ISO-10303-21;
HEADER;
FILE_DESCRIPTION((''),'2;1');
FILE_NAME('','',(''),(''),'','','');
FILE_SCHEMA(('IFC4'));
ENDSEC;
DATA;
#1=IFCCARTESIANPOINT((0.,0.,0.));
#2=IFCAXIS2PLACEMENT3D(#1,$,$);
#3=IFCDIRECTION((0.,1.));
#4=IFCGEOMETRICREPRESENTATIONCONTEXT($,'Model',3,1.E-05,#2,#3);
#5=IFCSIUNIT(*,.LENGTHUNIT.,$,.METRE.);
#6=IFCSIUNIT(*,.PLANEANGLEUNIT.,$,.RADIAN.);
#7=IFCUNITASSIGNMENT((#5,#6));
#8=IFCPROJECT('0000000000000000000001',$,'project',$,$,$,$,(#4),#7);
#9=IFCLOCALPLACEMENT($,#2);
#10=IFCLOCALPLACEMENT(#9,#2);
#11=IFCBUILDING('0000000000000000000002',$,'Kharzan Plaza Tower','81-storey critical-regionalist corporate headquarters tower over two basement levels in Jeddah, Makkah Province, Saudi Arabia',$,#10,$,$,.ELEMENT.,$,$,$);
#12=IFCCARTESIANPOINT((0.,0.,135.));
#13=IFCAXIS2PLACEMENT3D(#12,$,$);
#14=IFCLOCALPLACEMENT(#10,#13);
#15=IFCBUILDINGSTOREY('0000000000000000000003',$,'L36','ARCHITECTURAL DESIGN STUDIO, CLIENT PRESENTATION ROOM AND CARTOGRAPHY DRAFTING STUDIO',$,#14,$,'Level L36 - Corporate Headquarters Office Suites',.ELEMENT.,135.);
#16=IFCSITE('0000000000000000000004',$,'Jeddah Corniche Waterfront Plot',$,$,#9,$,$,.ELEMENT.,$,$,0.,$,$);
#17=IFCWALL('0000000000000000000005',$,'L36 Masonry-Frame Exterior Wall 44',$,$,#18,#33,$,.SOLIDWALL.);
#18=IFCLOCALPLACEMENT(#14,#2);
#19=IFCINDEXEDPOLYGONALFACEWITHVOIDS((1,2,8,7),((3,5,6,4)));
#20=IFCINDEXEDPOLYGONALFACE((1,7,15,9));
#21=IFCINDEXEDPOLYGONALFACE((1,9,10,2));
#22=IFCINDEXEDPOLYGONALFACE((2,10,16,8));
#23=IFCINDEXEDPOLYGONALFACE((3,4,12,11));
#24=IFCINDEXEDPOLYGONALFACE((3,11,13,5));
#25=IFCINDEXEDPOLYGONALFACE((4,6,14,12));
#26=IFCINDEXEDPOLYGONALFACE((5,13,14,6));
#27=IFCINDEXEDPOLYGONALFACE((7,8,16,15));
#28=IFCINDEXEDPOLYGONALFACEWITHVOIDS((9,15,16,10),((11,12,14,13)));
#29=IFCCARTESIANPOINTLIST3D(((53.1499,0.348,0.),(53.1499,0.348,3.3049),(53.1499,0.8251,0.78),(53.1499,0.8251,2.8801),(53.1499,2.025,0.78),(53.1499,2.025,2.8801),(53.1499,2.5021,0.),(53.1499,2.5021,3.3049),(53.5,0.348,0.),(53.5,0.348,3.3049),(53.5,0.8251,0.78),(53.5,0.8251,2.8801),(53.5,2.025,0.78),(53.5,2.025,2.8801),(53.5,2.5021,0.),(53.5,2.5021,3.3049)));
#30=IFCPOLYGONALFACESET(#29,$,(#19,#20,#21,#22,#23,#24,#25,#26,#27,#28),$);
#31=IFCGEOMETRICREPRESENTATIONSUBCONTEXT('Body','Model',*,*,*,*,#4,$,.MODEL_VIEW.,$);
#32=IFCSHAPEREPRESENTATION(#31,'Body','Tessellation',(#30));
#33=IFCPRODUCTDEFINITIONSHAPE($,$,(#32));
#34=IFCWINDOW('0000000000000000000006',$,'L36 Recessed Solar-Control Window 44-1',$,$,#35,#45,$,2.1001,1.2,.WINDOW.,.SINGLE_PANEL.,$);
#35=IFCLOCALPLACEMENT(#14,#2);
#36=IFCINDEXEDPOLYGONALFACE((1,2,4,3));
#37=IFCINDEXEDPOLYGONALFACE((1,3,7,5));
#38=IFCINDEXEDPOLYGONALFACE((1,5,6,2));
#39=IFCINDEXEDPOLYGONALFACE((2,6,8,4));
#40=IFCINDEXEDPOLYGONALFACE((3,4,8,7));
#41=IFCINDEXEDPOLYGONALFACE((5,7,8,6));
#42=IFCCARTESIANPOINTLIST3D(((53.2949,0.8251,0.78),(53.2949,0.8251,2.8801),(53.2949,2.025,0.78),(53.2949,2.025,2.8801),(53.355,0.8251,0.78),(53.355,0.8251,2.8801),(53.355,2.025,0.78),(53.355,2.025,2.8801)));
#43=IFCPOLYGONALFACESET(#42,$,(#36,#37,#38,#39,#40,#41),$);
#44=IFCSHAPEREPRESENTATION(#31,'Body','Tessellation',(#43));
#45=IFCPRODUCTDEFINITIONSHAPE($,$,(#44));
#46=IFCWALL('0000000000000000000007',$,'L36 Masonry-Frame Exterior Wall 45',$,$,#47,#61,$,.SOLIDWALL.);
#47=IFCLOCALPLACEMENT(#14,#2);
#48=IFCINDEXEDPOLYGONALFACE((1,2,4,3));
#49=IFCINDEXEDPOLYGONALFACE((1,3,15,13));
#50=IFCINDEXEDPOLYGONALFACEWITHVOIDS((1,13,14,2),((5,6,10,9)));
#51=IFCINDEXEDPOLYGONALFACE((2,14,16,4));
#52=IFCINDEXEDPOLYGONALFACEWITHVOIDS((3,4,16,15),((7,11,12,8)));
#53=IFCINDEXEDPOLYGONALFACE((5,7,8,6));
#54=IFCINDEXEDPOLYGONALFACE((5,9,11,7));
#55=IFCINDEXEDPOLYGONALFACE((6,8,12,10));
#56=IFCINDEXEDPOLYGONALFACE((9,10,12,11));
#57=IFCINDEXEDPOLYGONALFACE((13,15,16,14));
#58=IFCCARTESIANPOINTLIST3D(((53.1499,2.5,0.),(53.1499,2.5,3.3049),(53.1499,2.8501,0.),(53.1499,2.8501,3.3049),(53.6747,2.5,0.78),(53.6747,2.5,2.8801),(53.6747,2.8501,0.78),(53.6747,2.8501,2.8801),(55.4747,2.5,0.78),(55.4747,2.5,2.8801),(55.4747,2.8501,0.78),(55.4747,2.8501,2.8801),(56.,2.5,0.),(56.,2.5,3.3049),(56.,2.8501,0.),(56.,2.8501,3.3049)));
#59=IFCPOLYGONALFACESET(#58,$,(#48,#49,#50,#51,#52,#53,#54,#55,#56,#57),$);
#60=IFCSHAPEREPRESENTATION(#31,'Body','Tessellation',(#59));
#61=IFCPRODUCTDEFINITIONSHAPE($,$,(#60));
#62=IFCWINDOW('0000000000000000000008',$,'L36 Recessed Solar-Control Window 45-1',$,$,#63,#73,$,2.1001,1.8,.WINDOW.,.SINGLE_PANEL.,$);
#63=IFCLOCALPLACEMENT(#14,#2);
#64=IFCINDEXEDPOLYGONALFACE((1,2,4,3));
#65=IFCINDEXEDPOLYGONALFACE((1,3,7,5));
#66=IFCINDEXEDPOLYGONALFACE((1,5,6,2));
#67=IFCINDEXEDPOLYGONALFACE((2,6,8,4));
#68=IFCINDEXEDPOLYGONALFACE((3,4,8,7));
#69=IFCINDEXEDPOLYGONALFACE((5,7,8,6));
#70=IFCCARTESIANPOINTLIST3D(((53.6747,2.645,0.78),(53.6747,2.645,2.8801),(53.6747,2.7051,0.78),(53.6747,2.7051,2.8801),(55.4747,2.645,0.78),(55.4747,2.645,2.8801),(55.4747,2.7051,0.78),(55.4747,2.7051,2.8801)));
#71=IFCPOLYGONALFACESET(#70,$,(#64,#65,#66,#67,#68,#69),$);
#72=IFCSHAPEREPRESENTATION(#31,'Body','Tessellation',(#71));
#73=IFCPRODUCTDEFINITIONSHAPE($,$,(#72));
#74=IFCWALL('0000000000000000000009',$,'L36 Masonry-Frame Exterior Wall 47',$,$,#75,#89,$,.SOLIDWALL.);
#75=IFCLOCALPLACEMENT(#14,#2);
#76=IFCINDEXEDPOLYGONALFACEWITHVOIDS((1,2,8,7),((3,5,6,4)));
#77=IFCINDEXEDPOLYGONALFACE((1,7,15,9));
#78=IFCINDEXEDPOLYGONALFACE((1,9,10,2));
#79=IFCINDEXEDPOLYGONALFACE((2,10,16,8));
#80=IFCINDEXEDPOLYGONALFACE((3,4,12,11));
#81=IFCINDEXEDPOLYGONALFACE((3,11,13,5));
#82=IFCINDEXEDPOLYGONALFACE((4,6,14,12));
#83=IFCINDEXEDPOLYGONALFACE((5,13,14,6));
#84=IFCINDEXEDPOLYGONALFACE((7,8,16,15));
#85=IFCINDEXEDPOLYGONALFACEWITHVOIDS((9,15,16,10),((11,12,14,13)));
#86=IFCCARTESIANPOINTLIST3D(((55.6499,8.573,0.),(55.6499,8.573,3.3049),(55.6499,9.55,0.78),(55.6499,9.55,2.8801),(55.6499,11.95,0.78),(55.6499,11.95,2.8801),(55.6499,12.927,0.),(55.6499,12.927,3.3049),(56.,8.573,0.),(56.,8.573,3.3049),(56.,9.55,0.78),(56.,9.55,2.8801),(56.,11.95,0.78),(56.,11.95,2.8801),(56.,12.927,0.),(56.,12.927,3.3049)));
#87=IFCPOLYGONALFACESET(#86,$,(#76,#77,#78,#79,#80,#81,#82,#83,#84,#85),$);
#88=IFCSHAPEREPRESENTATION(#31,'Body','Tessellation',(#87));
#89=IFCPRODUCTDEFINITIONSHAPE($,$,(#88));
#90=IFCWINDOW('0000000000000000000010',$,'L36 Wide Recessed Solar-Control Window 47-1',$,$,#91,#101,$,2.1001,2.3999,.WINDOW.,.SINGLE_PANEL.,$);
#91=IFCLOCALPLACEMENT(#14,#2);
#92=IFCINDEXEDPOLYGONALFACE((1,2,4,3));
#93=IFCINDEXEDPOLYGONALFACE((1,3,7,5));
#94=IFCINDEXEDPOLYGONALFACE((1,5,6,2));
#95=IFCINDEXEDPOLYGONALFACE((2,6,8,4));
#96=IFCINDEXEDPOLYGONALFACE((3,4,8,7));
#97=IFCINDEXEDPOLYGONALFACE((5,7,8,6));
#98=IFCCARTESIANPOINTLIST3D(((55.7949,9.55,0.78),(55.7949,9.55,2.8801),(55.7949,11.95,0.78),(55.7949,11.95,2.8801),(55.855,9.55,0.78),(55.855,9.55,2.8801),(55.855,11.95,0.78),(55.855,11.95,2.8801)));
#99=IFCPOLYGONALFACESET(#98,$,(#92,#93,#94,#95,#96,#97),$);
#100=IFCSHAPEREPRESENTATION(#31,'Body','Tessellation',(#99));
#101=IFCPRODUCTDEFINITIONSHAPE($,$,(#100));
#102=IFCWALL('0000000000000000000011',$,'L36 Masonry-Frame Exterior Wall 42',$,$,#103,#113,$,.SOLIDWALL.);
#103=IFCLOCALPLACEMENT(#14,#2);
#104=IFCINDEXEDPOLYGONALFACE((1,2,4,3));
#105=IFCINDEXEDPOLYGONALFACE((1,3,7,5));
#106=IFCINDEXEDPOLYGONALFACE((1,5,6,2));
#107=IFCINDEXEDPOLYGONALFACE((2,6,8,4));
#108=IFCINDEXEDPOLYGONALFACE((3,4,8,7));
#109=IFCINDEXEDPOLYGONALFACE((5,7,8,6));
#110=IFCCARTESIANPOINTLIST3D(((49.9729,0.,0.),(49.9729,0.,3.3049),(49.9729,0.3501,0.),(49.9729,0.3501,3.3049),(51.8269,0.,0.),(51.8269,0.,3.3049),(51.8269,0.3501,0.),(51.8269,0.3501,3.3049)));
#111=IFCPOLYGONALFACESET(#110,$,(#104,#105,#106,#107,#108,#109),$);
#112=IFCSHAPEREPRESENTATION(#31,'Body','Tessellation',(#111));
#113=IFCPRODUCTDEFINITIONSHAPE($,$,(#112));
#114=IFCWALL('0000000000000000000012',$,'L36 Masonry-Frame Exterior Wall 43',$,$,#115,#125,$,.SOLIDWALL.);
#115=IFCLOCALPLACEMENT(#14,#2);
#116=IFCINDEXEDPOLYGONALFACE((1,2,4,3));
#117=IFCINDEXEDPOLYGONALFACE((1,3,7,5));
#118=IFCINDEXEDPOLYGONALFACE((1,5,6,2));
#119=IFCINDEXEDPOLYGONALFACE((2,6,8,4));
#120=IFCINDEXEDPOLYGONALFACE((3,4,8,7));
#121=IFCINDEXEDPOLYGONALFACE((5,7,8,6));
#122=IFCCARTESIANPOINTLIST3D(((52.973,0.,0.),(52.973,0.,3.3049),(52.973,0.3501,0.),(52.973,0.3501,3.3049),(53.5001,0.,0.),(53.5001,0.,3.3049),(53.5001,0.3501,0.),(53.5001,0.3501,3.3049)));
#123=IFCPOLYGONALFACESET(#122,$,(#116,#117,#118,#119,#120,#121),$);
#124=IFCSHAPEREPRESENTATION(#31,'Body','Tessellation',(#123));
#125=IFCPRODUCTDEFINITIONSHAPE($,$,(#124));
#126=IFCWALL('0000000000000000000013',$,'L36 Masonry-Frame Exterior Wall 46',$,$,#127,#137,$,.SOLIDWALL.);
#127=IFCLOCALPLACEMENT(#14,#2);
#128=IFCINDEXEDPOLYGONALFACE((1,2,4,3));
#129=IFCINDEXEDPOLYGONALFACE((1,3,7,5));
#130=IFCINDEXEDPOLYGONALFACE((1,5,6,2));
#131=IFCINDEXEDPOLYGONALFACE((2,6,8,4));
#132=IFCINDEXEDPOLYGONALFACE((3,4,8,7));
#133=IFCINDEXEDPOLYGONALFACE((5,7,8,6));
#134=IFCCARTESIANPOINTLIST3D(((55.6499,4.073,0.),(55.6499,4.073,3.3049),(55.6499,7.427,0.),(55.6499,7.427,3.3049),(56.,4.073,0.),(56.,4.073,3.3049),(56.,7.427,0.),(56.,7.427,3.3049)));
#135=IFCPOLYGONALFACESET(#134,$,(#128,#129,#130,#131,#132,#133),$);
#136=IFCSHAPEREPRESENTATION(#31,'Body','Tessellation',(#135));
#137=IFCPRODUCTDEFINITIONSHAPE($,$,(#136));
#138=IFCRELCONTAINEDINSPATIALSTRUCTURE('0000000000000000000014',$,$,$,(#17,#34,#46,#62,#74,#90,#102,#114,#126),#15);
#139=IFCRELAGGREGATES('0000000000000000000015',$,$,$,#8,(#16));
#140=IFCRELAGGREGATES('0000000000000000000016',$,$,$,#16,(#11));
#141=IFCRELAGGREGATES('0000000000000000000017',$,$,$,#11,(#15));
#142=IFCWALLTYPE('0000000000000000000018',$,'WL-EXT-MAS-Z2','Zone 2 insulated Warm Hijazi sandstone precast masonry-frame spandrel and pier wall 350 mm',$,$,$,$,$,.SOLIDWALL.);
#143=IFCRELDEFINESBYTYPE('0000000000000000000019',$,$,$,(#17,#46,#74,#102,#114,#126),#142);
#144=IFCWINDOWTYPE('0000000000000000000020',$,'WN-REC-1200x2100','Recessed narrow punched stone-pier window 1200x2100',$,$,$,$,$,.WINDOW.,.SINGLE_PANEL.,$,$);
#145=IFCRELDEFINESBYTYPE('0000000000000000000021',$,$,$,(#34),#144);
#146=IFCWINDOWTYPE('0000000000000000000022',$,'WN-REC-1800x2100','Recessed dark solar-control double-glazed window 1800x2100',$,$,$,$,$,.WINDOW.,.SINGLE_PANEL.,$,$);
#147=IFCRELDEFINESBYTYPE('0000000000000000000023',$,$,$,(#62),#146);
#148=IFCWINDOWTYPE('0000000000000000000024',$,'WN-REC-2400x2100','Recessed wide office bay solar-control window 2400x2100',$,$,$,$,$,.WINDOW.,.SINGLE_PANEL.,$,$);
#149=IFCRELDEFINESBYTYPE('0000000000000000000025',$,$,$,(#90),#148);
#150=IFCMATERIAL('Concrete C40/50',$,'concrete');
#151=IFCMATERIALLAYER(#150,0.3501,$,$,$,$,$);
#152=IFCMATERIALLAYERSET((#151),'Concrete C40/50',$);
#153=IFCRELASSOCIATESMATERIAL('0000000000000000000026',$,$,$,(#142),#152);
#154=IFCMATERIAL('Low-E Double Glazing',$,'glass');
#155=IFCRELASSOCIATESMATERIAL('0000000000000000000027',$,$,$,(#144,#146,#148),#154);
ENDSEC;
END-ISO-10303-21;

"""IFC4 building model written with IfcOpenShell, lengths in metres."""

from ifc_helpers import new_model, si_unit, direction, frame, frame_2d, origin, place, context, subcontext, project, spatial, rectangle, extrude, source, transform, mapped, material, layer, layer_set, type_object, element, fill, save


model = new_model("IFC4")

# Units and contexts
model_context = context("Model", 3, precision=1e-05, world=origin(), true_north=direction((0.0, 1.0)))
body_context = subcontext(model_context, "Body", "Model", "MODEL_VIEW")
ifc_project = project(units=[si_unit("LENGTHUNIT", "METRE"), si_unit("PLANEANGLEUNIT", "RADIAN")], contexts=[model_context])

# Site, building, storey
site_placement = place(None, origin())
site = spatial("IfcSite", under=ifc_project, at=site_placement, Name="Jeddah Corniche Waterfront Plot", CompositionType="ELEMENT", RefElevation=0.0)
building_placement = place(site_placement, origin())
building = spatial("IfcBuilding", under=site, at=building_placement, Name="Kharzan Plaza Tower", Description="81-storey critical-regionalist corporate headquarters tower over two basement levels in Jeddah, Makkah Province, Saudi Arabia", CompositionType="ELEMENT")
storey_placement = place(building_placement, frame((0.0, 0.0, 135.0)))
storey = spatial("IfcBuildingStorey", under=building, at=storey_placement, Name="L36", Description="ARCHITECTURAL DESIGN STUDIO, CLIENT PRESENTATION ROOM AND CARTOGRAPHY DRAFTING STUDIO", LongName="Level L36 - Corporate Headquarters Office Suites", CompositionType="ELEMENT", Elevation=135.0)

# Walls, openings, windows
ifc_material_1 = material(Name="Concrete C40/50", Category="concrete")
ifc_layer = layer(ifc_material_1, 0.3501)
ifc_layer_set = layer_set([ifc_layer], Name="Concrete C40/50")
wall_type = type_object("IfcWallType", Name="WL-EXT-MAS-Z2", Description="Zone 2 insulated Warm Hijazi sandstone precast masonry-frame spandrel and pier wall 350 mm", PredefinedType="SOLIDWALL", material=ifc_layer_set)
wall_1_placement = place(storey_placement, frame((53.325, 0.3479, 0.0), z_axis=(0.0, 0.0, 1.0), x_axis=(0.0, 1.0, 0.0)))
wall_1 = element("IfcWall", 1, at=wall_1_placement, inside=storey, type_object=wall_type, Name="L36 Masonry-Frame Exterior Wall 44", PredefinedType="SOLIDWALL", context=body_context, shape_type="SweptSolid", body=[
    extrude(rectangle(XDim=2.1541, YDim=0.3501, at=frame_2d((1.0771, 0.0))), origin(), (0.0, 0.0, 1.0), 3.3049),
])
opening_1_placement = place(wall_1_placement, frame((0.4771, 0.0, 0.78)))
opening_1 = element("IfcOpeningElement", 2, at=opening_1_placement, cuts=wall_1, PredefinedType="OPENING", context=body_context, shape_type="SweptSolid", body=[
    extrude(rectangle(XDim=1.2, YDim=2.1001, at=frame_2d((0.6001, 1.05))), frame((0.0, 0.1851, 0.0), z_axis=(0.0, -1.0, 0.0), x_axis=(1.0, 0.0, 0.0)), (0.0, 0.0, 1.0), 0.3701),
])
ifc_material_2 = material(Name="Low-E Double Glazing", Category="glass")
window_type_1 = type_object("IfcWindowType", Name="WN-REC-1200x2100", Description="Recessed narrow punched stone-pier window 1200x2100", PartitioningType="SINGLE_PANEL", PredefinedType="WINDOW", material=ifc_material_2)
shared_shape_1 = source(origin(), body_context, "Body", "SweptSolid", [
    extrude(rectangle(XDim=1.2, YDim=2.1001, at=frame_2d((0.6001, 1.05))), frame((0.0, 0.03, 0.0), z_axis=(0.0, -1.0, 0.0), x_axis=(1.0, 0.0, 0.0)), (0.0, 0.0, 1.0), 0.0601),
])
window_1_placement = place(opening_1_placement, origin())
window_1 = element("IfcWindow", 3, at=window_1_placement, inside=storey, type_object=window_type_1, Name="L36 Recessed Solar-Control Window 44-1", OverallHeight=2.1001, OverallWidth=1.2, PartitioningType="SINGLE_PANEL", PredefinedType="WINDOW", context=body_context, shape_type="MappedRepresentation", body=[
    mapped(shared_shape_1, transform((0.0, 0.0, 0.0), x_axis=(1.0, 0.0, 0.0), y_axis=(0.0, 1.0, 0.0), z_axis=(0.0, 0.0, 1.0))),
])
fill(opening_1, window_1)
wall_2_placement = place(storey_placement, frame((53.1499, 2.675, 0.0), z_axis=(0.0, 0.0, 1.0), x_axis=(1.0, 0.0, 0.0)))
wall_2 = element("IfcWall", 4, at=wall_2_placement, inside=storey, type_object=wall_type, Name="L36 Masonry-Frame Exterior Wall 45", PredefinedType="SOLIDWALL", context=body_context, shape_type="SweptSolid", body=[
    extrude(rectangle(XDim=2.8501, YDim=0.3501, at=frame_2d((1.425, 0.0))), origin(), (0.0, 0.0, 1.0), 3.3049),
])
opening_2_placement = place(wall_2_placement, frame((0.5249, 0.0, 0.78)))
opening_2 = element("IfcOpeningElement", 5, at=opening_2_placement, cuts=wall_2, PredefinedType="OPENING", context=body_context, shape_type="SweptSolid", body=[
    extrude(rectangle(XDim=1.8, YDim=2.1001, at=frame_2d((0.8999, 1.05))), frame((0.0, 0.1851, 0.0), z_axis=(0.0, -1.0, 0.0), x_axis=(1.0, 0.0, 0.0)), (0.0, 0.0, 1.0), 0.3701),
])
window_type_2 = type_object("IfcWindowType", Name="WN-REC-1800x2100", Description="Recessed dark solar-control double-glazed window 1800x2100", PartitioningType="SINGLE_PANEL", PredefinedType="WINDOW", material=ifc_material_2)
shared_shape_2 = source(origin(), body_context, "Body", "SweptSolid", [
    extrude(rectangle(XDim=1.8, YDim=2.1001, at=frame_2d((0.8999, 1.05))), frame((0.0, 0.03, 0.0), z_axis=(0.0, -1.0, 0.0), x_axis=(1.0, 0.0, 0.0)), (0.0, 0.0, 1.0), 0.0601),
])
window_2_placement = place(opening_2_placement, origin())
window_2 = element("IfcWindow", 6, at=window_2_placement, inside=storey, type_object=window_type_2, Name="L36 Recessed Solar-Control Window 45-1", OverallHeight=2.1001, OverallWidth=1.8, PartitioningType="SINGLE_PANEL", PredefinedType="WINDOW", context=body_context, shape_type="MappedRepresentation", body=[
    mapped(shared_shape_2, transform((0.0, 0.0, 0.0), x_axis=(1.0, 0.0, 0.0), y_axis=(0.0, 1.0, 0.0), z_axis=(0.0, 0.0, 1.0))),
])
fill(opening_2, window_2)
wall_3_placement = place(storey_placement, frame((55.825, 8.573, 0.0), z_axis=(0.0, 0.0, 1.0), x_axis=(0.0, 1.0, 0.0)))
wall_3 = element("IfcWall", 7, at=wall_3_placement, inside=storey, type_object=wall_type, Name="L36 Masonry-Frame Exterior Wall 47", PredefinedType="SOLIDWALL", context=body_context, shape_type="SweptSolid", body=[
    extrude(rectangle(XDim=4.354, YDim=0.3501, at=frame_2d((2.177, 0.0))), origin(), (0.0, 0.0, 1.0), 3.3049),
])
opening_3_placement = place(wall_3_placement, frame((0.9771, 0.0, 0.78)))
opening_3 = element("IfcOpeningElement", 8, at=opening_3_placement, cuts=wall_3, PredefinedType="OPENING", context=body_context, shape_type="SweptSolid", body=[
    extrude(rectangle(XDim=2.3999, YDim=2.1001, at=frame_2d((1.2, 1.05))), frame((0.0, 0.1851, 0.0), z_axis=(0.0, -1.0, 0.0), x_axis=(1.0, 0.0, 0.0)), (0.0, 0.0, 1.0), 0.3701),
])
window_type_3 = type_object("IfcWindowType", Name="WN-REC-2400x2100", Description="Recessed wide office bay solar-control window 2400x2100", PartitioningType="SINGLE_PANEL", PredefinedType="WINDOW", material=ifc_material_2)
shared_shape_3 = source(origin(), body_context, "Body", "SweptSolid", [
    extrude(rectangle(XDim=2.3999, YDim=2.1001, at=frame_2d((1.2, 1.05))), frame((0.0, 0.03, 0.0), z_axis=(0.0, -1.0, 0.0), x_axis=(1.0, 0.0, 0.0)), (0.0, 0.0, 1.0), 0.0601),
])
window_3_placement = place(opening_3_placement, origin())
window_3 = element("IfcWindow", 9, at=window_3_placement, inside=storey, type_object=window_type_3, Name="L36 Wide Recessed Solar-Control Window 47-1", OverallHeight=2.1001, OverallWidth=2.3999, PartitioningType="SINGLE_PANEL", PredefinedType="WINDOW", context=body_context, shape_type="MappedRepresentation", body=[
    mapped(shared_shape_3, transform((0.0, 0.0, 0.0), x_axis=(1.0, 0.0, 0.0), y_axis=(0.0, 1.0, 0.0), z_axis=(0.0, 0.0, 1.0))),
])
fill(opening_3, window_3)

# Walls
shared_shape_4 = source(origin(), body_context, "Body", "SweptSolid", [
    extrude(rectangle(XDim=1.854, YDim=0.3501, at=frame_2d((0.927, 0.0))), origin(), (0.0, 0.0, 1.0), 3.3049),
])
wall_4_placement = place(storey_placement, frame((49.9729, 0.175, 0.0), z_axis=(0.0, 0.0, 1.0), x_axis=(1.0, 0.0, 0.0)))
element("IfcWall", 10, at=wall_4_placement, inside=storey, type_object=wall_type, Name="L36 Masonry-Frame Exterior Wall 42", PredefinedType="SOLIDWALL", context=body_context, shape_type="MappedRepresentation", body=[
    mapped(shared_shape_4, transform((0.0, 0.0, 0.0), x_axis=(1.0, 0.0, 0.0), y_axis=(0.0, 1.0, 0.0), z_axis=(0.0, 0.0, 1.0))),
])
shared_shape_5 = source(origin(), body_context, "Body", "SweptSolid", [
    extrude(rectangle(XDim=0.5271, YDim=0.3501, at=frame_2d((0.2637, 0.0))), origin(), (0.0, 0.0, 1.0), 3.3049),
])
wall_5_placement = place(storey_placement, frame((52.9729, 0.175, 0.0), z_axis=(0.0, 0.0, 1.0), x_axis=(1.0, 0.0, 0.0)))
element("IfcWall", 11, at=wall_5_placement, inside=storey, type_object=wall_type, Name="L36 Masonry-Frame Exterior Wall 43", PredefinedType="SOLIDWALL", context=body_context, shape_type="MappedRepresentation", body=[
    mapped(shared_shape_5, transform((0.0, 0.0, 0.0), x_axis=(1.0, 0.0, 0.0), y_axis=(0.0, 1.0, 0.0), z_axis=(0.0, 0.0, 1.0))),
])
shared_shape_6 = source(origin(), body_context, "Body", "SweptSolid", [
    extrude(rectangle(XDim=3.354, YDim=0.3501, at=frame_2d((1.677, 0.0))), origin(), (0.0, 0.0, 1.0), 3.3049),
])
wall_6_placement = place(storey_placement, frame((55.825, 4.073, 0.0), z_axis=(0.0, 0.0, 1.0), x_axis=(0.0, 1.0, 0.0)))
element("IfcWall", 12, at=wall_6_placement, inside=storey, type_object=wall_type, Name="L36 Masonry-Frame Exterior Wall 46", PredefinedType="SOLIDWALL", context=body_context, shape_type="MappedRepresentation", body=[
    mapped(shared_shape_6, transform((0.0, 0.0, 0.0), x_axis=(1.0, 0.0, 0.0), y_axis=(0.0, 1.0, 0.0), z_axis=(0.0, 0.0, 1.0))),
])

save(model, "model.ifc")
